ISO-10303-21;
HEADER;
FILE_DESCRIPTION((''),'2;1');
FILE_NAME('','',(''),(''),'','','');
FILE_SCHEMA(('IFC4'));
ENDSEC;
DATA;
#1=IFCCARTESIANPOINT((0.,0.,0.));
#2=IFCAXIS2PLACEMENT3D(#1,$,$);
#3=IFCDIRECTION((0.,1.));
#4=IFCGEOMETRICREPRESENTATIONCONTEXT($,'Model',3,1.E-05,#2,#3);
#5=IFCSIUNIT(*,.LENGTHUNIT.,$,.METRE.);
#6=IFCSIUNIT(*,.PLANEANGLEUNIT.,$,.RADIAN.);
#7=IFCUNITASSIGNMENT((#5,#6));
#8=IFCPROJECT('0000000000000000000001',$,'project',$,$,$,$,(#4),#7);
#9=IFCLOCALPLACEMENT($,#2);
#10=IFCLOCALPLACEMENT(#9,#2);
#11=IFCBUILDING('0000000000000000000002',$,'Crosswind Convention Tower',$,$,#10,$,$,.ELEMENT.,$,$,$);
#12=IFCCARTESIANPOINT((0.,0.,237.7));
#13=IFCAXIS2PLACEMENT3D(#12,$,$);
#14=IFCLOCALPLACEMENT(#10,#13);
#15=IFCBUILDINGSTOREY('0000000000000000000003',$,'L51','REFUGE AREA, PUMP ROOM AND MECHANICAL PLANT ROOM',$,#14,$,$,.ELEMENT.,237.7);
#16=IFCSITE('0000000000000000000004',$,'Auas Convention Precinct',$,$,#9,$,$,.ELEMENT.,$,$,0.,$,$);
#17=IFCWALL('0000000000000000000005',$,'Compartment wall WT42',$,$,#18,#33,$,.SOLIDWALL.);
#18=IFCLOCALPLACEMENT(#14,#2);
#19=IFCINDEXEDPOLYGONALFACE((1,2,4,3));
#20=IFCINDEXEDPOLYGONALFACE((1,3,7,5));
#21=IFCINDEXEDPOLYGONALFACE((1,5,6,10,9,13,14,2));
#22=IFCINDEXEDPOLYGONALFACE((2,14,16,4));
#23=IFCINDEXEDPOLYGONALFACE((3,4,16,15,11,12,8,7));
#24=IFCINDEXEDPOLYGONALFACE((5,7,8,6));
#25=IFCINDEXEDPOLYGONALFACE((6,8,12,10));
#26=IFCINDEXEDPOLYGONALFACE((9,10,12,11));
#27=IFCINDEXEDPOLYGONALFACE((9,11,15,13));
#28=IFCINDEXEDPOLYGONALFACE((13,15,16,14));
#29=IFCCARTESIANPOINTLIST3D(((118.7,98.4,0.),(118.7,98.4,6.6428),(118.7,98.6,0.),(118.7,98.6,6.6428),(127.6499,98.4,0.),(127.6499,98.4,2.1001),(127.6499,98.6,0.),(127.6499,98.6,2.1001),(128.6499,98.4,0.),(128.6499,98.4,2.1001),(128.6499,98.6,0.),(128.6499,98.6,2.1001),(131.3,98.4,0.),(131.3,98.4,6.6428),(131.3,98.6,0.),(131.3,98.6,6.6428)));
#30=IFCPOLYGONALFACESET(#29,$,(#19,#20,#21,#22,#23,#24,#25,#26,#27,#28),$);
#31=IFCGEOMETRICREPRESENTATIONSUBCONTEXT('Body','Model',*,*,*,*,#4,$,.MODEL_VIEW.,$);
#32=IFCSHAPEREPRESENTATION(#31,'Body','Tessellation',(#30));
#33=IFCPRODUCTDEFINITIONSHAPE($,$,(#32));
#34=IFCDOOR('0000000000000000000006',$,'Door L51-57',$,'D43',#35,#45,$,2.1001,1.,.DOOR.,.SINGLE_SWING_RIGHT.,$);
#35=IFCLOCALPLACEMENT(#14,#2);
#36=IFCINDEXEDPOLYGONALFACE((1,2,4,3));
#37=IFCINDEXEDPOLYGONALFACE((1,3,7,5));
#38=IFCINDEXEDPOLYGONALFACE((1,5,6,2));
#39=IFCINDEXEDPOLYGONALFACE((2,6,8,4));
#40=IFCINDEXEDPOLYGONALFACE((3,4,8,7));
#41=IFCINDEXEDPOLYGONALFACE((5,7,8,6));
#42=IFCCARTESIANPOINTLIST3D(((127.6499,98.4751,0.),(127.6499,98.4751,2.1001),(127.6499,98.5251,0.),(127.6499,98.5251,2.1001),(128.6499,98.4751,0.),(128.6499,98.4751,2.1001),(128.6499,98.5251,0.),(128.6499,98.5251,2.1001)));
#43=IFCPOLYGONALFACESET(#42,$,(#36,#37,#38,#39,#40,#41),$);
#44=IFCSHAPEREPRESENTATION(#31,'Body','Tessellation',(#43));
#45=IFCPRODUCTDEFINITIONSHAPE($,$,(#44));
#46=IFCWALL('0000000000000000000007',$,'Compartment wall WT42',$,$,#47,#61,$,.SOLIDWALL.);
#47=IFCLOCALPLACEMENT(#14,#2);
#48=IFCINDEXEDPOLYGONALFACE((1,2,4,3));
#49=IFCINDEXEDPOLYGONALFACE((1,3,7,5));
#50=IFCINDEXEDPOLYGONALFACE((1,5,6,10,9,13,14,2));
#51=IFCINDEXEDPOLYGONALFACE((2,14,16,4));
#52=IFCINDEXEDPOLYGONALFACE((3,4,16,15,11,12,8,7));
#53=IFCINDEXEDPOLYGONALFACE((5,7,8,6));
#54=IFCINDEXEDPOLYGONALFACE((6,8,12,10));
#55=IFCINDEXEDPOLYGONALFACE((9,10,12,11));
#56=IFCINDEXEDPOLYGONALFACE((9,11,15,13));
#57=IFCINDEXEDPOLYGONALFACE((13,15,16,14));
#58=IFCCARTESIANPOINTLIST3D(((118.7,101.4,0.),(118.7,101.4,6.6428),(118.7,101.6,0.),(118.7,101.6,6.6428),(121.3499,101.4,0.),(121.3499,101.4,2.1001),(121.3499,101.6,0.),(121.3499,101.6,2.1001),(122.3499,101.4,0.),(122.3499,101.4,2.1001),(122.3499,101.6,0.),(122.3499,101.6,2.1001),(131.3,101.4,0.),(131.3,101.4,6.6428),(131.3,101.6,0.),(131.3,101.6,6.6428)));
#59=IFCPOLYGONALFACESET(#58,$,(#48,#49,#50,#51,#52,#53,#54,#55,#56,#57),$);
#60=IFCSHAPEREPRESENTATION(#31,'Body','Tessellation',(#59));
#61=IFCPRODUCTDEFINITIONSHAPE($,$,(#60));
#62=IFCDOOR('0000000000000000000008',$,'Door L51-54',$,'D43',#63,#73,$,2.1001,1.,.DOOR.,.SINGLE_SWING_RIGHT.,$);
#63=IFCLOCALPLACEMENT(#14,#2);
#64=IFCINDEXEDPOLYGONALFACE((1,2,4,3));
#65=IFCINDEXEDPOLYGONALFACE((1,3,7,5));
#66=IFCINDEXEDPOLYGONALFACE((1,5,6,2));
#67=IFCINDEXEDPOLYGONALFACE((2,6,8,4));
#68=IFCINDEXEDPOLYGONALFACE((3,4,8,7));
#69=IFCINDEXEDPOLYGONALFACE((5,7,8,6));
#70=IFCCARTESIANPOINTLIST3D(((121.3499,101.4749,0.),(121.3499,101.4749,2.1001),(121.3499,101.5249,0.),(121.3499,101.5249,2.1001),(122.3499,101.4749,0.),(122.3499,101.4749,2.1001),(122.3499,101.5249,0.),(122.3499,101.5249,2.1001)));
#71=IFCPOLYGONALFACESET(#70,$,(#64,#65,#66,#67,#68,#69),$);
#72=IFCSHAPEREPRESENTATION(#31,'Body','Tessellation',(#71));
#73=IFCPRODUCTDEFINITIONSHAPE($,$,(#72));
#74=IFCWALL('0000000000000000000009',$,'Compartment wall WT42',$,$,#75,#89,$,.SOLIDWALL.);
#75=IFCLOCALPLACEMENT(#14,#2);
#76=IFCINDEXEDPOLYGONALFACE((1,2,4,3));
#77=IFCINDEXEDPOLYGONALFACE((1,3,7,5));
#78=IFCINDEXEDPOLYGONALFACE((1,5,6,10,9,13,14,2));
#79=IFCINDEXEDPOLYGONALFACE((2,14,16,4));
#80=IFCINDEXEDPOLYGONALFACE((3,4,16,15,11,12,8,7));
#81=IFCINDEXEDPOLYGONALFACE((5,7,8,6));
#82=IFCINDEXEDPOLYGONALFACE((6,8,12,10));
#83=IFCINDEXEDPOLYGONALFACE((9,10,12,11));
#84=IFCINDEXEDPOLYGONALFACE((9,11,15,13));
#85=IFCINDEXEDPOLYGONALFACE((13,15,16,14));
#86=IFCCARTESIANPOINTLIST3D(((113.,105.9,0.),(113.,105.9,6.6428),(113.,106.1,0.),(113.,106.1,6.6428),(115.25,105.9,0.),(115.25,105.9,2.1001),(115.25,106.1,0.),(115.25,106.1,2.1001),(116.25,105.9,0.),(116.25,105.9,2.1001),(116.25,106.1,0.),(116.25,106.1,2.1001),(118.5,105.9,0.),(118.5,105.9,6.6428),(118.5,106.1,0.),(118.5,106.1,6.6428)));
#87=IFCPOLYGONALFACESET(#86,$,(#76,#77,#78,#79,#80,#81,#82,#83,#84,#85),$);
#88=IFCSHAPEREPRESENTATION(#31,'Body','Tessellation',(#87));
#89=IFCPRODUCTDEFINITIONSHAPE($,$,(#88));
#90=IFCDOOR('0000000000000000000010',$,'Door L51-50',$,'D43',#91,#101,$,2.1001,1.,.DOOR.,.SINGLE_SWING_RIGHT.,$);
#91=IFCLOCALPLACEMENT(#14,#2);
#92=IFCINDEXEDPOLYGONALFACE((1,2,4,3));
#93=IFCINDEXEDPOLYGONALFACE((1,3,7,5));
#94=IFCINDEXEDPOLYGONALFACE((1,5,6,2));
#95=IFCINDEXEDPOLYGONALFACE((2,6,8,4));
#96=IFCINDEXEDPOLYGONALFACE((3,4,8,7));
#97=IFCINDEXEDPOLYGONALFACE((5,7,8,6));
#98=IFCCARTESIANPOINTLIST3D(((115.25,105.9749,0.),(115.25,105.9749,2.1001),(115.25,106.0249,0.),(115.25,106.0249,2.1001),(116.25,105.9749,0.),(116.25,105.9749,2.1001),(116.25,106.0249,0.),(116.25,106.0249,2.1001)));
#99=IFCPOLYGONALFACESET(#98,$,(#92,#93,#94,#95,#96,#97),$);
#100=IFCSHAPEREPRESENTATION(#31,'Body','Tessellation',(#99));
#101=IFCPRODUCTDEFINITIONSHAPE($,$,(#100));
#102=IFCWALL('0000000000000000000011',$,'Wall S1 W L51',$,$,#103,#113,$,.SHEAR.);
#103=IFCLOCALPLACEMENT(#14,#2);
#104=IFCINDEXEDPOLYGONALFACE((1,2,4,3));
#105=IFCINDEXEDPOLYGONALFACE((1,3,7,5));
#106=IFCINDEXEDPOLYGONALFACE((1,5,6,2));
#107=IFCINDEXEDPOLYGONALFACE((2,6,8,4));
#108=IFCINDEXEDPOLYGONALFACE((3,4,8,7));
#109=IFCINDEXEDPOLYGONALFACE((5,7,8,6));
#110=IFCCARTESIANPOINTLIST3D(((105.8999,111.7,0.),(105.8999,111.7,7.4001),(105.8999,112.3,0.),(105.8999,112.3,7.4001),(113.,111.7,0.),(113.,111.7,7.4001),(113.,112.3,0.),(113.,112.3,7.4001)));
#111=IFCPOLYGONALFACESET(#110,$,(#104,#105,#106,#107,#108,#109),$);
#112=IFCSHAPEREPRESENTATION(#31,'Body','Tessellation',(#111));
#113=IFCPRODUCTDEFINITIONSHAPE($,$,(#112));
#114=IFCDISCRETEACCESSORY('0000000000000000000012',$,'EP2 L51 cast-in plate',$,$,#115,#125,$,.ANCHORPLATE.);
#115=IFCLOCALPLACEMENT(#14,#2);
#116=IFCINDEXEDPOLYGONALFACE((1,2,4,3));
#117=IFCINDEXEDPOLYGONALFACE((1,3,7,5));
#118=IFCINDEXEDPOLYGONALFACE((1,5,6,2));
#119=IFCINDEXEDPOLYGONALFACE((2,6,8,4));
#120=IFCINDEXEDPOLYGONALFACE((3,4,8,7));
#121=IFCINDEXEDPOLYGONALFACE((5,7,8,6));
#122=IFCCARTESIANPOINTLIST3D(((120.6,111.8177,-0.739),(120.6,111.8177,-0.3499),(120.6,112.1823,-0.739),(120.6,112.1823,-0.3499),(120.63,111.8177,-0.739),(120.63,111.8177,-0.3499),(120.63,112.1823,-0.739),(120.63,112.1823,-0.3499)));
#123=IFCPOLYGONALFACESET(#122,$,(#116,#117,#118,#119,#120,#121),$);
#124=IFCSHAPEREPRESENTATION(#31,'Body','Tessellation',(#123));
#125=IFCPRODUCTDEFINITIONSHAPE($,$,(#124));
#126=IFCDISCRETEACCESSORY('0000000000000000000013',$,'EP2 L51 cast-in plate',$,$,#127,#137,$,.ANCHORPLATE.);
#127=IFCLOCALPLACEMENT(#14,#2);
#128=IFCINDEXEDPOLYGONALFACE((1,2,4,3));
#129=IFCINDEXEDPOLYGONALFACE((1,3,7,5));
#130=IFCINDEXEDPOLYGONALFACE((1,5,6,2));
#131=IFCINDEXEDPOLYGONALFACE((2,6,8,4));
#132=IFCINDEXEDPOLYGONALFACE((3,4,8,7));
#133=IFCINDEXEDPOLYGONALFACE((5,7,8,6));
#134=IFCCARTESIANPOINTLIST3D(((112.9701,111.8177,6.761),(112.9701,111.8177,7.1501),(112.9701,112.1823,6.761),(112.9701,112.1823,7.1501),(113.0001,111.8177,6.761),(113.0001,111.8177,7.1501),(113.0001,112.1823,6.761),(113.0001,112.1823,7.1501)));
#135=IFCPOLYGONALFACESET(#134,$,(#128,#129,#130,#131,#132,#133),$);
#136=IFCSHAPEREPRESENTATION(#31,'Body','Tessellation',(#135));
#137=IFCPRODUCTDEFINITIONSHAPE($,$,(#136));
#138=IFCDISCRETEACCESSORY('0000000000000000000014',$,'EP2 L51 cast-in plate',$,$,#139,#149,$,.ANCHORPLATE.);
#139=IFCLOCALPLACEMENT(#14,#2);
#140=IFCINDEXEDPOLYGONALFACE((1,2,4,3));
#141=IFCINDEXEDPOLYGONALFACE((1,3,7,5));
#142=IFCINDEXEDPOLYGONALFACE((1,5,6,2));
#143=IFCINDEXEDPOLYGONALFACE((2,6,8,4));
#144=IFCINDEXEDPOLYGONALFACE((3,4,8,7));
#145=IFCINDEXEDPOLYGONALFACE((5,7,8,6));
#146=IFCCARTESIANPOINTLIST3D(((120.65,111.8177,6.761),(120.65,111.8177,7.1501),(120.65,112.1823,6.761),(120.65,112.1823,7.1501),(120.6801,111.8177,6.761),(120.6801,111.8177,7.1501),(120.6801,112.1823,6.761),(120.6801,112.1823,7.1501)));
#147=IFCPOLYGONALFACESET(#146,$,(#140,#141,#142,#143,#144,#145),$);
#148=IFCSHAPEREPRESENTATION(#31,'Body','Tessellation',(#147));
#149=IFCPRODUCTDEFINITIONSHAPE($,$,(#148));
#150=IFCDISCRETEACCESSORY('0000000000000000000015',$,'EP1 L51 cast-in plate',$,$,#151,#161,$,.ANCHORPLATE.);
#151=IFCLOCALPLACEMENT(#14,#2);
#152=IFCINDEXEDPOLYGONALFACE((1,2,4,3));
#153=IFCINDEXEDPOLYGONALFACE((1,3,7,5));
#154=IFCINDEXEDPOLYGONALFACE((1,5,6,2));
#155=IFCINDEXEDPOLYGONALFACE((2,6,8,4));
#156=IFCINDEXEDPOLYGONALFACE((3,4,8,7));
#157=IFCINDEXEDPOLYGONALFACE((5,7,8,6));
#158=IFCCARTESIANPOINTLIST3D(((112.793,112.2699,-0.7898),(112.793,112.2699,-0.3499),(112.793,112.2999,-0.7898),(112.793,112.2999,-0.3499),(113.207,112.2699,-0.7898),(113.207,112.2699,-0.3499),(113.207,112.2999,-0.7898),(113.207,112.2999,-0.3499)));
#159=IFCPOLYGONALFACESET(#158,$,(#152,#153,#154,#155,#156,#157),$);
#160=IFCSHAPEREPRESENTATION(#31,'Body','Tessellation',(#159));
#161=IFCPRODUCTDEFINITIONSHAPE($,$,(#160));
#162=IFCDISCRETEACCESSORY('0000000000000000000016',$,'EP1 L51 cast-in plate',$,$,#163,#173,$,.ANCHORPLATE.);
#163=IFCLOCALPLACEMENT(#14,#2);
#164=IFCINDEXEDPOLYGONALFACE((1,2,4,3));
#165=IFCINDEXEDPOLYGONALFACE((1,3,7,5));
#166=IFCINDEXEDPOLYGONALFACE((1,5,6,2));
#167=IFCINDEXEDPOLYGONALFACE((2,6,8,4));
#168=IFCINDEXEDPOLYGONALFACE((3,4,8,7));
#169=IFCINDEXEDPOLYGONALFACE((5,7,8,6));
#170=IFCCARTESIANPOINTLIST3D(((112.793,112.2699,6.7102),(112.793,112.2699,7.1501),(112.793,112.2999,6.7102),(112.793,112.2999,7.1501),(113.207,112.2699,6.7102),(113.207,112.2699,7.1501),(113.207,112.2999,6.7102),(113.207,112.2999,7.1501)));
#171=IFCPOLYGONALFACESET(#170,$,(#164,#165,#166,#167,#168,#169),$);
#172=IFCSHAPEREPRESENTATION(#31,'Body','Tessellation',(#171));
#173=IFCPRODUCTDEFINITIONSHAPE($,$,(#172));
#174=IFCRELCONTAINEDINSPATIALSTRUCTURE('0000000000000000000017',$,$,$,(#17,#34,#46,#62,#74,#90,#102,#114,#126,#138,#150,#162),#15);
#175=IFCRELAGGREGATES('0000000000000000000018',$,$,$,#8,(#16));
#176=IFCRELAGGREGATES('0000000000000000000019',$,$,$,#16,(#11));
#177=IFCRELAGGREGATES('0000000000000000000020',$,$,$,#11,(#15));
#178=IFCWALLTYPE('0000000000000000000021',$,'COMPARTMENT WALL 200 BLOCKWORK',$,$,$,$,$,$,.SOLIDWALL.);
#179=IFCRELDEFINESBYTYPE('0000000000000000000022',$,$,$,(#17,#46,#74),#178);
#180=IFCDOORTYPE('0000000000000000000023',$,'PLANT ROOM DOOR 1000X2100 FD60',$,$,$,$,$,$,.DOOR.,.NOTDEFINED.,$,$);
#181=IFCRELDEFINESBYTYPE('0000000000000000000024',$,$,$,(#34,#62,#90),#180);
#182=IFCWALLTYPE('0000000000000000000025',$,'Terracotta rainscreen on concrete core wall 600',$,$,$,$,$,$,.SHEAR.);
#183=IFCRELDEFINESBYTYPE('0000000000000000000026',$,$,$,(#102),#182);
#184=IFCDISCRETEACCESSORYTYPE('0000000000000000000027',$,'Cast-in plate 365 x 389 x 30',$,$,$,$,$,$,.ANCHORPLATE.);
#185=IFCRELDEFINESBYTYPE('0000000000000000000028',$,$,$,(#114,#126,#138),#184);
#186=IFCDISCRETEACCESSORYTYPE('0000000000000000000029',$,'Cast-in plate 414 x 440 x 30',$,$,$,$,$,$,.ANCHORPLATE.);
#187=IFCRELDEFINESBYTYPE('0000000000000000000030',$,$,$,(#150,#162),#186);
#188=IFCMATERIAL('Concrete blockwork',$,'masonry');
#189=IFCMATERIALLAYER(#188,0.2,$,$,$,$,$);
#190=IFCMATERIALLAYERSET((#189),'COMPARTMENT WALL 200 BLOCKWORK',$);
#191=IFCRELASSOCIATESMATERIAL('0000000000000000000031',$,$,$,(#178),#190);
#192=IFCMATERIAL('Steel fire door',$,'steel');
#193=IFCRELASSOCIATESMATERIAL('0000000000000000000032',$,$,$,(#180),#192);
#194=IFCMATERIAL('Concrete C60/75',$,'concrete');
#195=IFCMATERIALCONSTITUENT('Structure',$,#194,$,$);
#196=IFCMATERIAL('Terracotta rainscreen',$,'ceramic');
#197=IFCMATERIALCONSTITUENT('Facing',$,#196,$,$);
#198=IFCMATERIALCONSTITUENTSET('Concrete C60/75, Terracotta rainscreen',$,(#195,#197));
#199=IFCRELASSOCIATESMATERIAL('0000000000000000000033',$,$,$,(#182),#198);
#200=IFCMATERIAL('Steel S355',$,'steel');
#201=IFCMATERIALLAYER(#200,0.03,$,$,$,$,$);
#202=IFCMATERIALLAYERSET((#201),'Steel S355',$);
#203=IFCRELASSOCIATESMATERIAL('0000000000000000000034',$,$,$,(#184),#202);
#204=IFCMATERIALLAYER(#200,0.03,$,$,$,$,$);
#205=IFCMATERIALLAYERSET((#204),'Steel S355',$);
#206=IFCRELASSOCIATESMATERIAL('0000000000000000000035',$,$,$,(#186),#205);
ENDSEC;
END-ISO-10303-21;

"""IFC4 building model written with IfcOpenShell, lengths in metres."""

from ifc_helpers import new_model, si_unit, direction, frame, frame_2d, origin, origin_2d, place, context, subcontext, project, spatial, rectangle, extrude, material, layer, layer_set, constituent, constituent_set, type_object, element, fill, save


model = new_model("IFC4")

# Units and contexts
model_context = context("Model", 3, precision=1e-05, world=origin(), true_north=direction((0.0, 1.0)))
body_context = subcontext(model_context, "Body", "Model", "MODEL_VIEW")
ifc_project = project(units=[si_unit("LENGTHUNIT", "METRE"), si_unit("PLANEANGLEUNIT", "RADIAN")], contexts=[model_context])

# Site, building, storey
site_placement = place(None, origin())
site = spatial("IfcSite", under=ifc_project, at=site_placement, Name="Auas Convention Precinct", CompositionType="ELEMENT", RefElevation=0.0)
building_placement = place(site_placement, origin())
building = spatial("IfcBuilding", under=site, at=building_placement, Name="Crosswind Convention Tower", CompositionType="ELEMENT")
storey_placement = place(building_placement, frame((0.0, 0.0, 237.7)))
storey = spatial("IfcBuildingStorey", under=building, at=storey_placement, Name="L51", Description="REFUGE AREA, PUMP ROOM AND MECHANICAL PLANT ROOM", CompositionType="ELEMENT", Elevation=237.7)

# Shared definitions
ifc_material_1 = material(Name="Concrete C60/75", Category="concrete")

# Shared definitions
ifc_material_2 = material(Name="Steel S355", Category="steel")

# Shared definitions
ifc_material_3 = material(Name="Concrete blockwork", Category="masonry")
ifc_layer_1 = layer(ifc_material_3, 0.2)
ifc_layer_set_1 = layer_set([ifc_layer_1], Name="COMPARTMENT WALL 200 BLOCKWORK")
wall_type_1 = type_object("IfcWallType", Name="COMPARTMENT WALL 200 BLOCKWORK", PredefinedType="SOLIDWALL", material=ifc_layer_set_1)

# Walls, openings, doors
wall_1_placement = place(storey_placement, frame((118.7, 98.5, 0.0), z_axis=(0.0, 0.0, 1.0), x_axis=(1.0, 0.0, 0.0)))
wall_1 = element("IfcWall", 1, at=wall_1_placement, inside=storey, type_object=wall_type_1, Name="Compartment wall WT42", PredefinedType="SOLIDWALL", context=body_context, shape_type="SweptSolid", body=[
    extrude(rectangle(XDim=12.6001, YDim=0.2, at=frame_2d((6.3, 0.0))), origin(), (0.0, 0.0, 1.0), 6.6428),
])
opening_1_placement = place(wall_1_placement, frame((8.95, 0.0, 0.0)))
opening_1 = element("IfcOpeningElement", 2, at=opening_1_placement, cuts=wall_1, PredefinedType="OPENING", context=body_context, shape_type="SweptSolid", body=[
    extrude(rectangle(XDim=1.0, YDim=2.1001, at=frame_2d((0.5, 1.05))), frame((0.0, 0.1099, 0.0), z_axis=(0.0, -1.0, 0.0), x_axis=(1.0, 0.0, 0.0)), (0.0, 0.0, 1.0), 0.22),
])
ifc_material_4 = material(Name="Steel fire door", Category="steel")
door_type = type_object("IfcDoorType", Name="PLANT ROOM DOOR 1000X2100 FD60", OperationType="NOTDEFINED", PredefinedType="DOOR", material=ifc_material_4)
door_1_placement = place(opening_1_placement, frame((1.0, 0.0, 0.0), z_axis=(0.0, 0.0, 1.0), x_axis=(-1.0, 0.0, 0.0)))
door_1 = element("IfcDoor", 3, at=door_1_placement, inside=storey, type_object=door_type, Name="Door L51-57", ObjectType="D43", OperationType="SINGLE_SWING_RIGHT", OverallHeight=2.1001, OverallWidth=1.0, PredefinedType="DOOR", context=body_context, shape_type="SweptSolid", body=[
    extrude(rectangle(XDim=1.0, YDim=2.1001, at=frame_2d((0.5, 1.05))), frame((0.0, 0.0249, 0.0), z_axis=(0.0, -1.0, 0.0), x_axis=(1.0, 0.0, 0.0)), (0.0, 0.0, 1.0), 0.05),
])
fill(opening_1, door_1)
wall_2_placement = place(storey_placement, frame((118.7, 101.5, 0.0), z_axis=(0.0, 0.0, 1.0), x_axis=(1.0, 0.0, 0.0)))
wall_2 = element("IfcWall", 4, at=wall_2_placement, inside=storey, type_object=wall_type_1, Name="Compartment wall WT42", PredefinedType="SOLIDWALL", context=body_context, shape_type="SweptSolid", body=[
    extrude(rectangle(XDim=12.6001, YDim=0.2, at=frame_2d((6.3, 0.0))), origin(), (0.0, 0.0, 1.0), 6.6428),
])
opening_2_placement = place(wall_2_placement, frame((2.6499, 0.0, 0.0)))
opening_2 = element("IfcOpeningElement", 5, at=opening_2_placement, cuts=wall_2, PredefinedType="OPENING", context=body_context, shape_type="SweptSolid", body=[
    extrude(rectangle(XDim=1.0, YDim=2.1001, at=frame_2d((0.5, 1.05))), frame((0.0, 0.1099, 0.0), z_axis=(0.0, -1.0, 0.0), x_axis=(1.0, 0.0, 0.0)), (0.0, 0.0, 1.0), 0.22),
])
door_2_placement = place(opening_2_placement, origin())
door_2 = element("IfcDoor", 6, at=door_2_placement, inside=storey, type_object=door_type, Name="Door L51-54", ObjectType="D43", OperationType="SINGLE_SWING_RIGHT", OverallHeight=2.1001, OverallWidth=1.0, PredefinedType="DOOR", context=body_context, shape_type="SweptSolid", body=[
    extrude(rectangle(XDim=1.0, YDim=2.1001, at=frame_2d((0.5, 1.05))), frame((0.0, 0.0249, 0.0), z_axis=(0.0, -1.0, 0.0), x_axis=(1.0, 0.0, 0.0)), (0.0, 0.0, 1.0), 0.05),
])
fill(opening_2, door_2)
wall_3_placement = place(storey_placement, frame((113.0, 106.0, 0.0), z_axis=(0.0, 0.0, 1.0), x_axis=(1.0, 0.0, 0.0)))
wall_3 = element("IfcWall", 7, at=wall_3_placement, inside=storey, type_object=wall_type_1, Name="Compartment wall WT42", PredefinedType="SOLIDWALL", context=body_context, shape_type="SweptSolid", body=[
    extrude(rectangle(XDim=5.5, YDim=0.2, at=frame_2d((2.75, 0.0))), origin(), (0.0, 0.0, 1.0), 6.6428),
])
opening_3_placement = place(wall_3_placement, frame((2.25, 0.0, 0.0)))
opening_3 = element("IfcOpeningElement", 8, at=opening_3_placement, cuts=wall_3, PredefinedType="OPENING", context=body_context, shape_type="SweptSolid", body=[
    extrude(rectangle(XDim=1.0, YDim=2.1001, at=frame_2d((0.5, 1.05))), frame((0.0, 0.1099, 0.0), z_axis=(0.0, -1.0, 0.0), x_axis=(1.0, 0.0, 0.0)), (0.0, 0.0, 1.0), 0.22),
])
door_3_placement = place(opening_3_placement, origin())
door_3 = element("IfcDoor", 9, at=door_3_placement, inside=storey, type_object=door_type, Name="Door L51-50", ObjectType="D43", OperationType="SINGLE_SWING_RIGHT", OverallHeight=2.1001, OverallWidth=1.0, PredefinedType="DOOR", context=body_context, shape_type="SweptSolid", body=[
    extrude(rectangle(XDim=1.0, YDim=2.1001, at=frame_2d((0.5, 1.05))), frame((0.0, 0.0249, 0.0), z_axis=(0.0, -1.0, 0.0), x_axis=(1.0, 0.0, 0.0)), (0.0, 0.0, 1.0), 0.05),
])
fill(opening_3, door_3)

# Wall
ifc_constituent_1 = constituent(ifc_material_1, Name="Structure")
ifc_material_5 = material(Name="Terracotta rainscreen", Category="ceramic")
ifc_constituent_2 = constituent(ifc_material_5, Name="Facing")
ifc_constituent_set = constituent_set(constituents=[ifc_constituent_1, ifc_constituent_2], Name="Concrete C60/75, Terracotta rainscreen")
wall_type_2 = type_object("IfcWallType", Name="Terracotta rainscreen on concrete core wall 600", PredefinedType="SHEAR", material=ifc_constituent_set)
wall_4_placement = place(storey_placement, frame((113.0, 112.0, 0.0), z_axis=(0.0, 0.0, 1.0), x_axis=(-1.0, 0.0, 0.0)))
element("IfcWall", 10, at=wall_4_placement, inside=storey, type_object=wall_type_2, Name="Wall S1 W L51", PredefinedType="SHEAR", context=body_context, shape_type="SweptSolid", body=[
    extrude(rectangle(XDim=7.1001, YDim=0.6001, at=frame_2d((3.55, 0.0))), origin(), (0.0, 0.0, 1.0), 7.4001),
])

# Discrete accessories
ifc_layer_2 = layer(ifc_material_2, 0.03)
ifc_layer_set_2 = layer_set([ifc_layer_2], Name="Steel S355")
discrete_accessory_type_1 = type_object("IfcDiscreteAccessoryType", Name="Cast-in plate 365 x 389 x 30", PredefinedType="ANCHORPLATE", material=ifc_layer_set_2)
for number, where, z_axis, x_axis, name in (
    (11, (120.615, 112.0, -0.739), (0.0, 0.0, 1.0), (1.0, 0.0, 0.0), "EP2 L51 cast-in plate"),
    (12, (112.9851, 112.0, 6.761), (0.0, 0.0, 1.0), (1.0, 0.0, 0.0), "EP2 L51 cast-in plate"),
    (13, (120.665, 112.0, 6.761), (0.0, 0.0, 1.0), (1.0, 0.0, 0.0), "EP2 L51 cast-in plate"),
):
    element("IfcDiscreteAccessory", number, at=place(storey_placement, frame(where, z_axis=z_axis, x_axis=x_axis)), inside=storey, type_object=discrete_accessory_type_1, Name=name, PredefinedType="ANCHORPLATE", context=body_context, shape_type="SweptSolid", body=[
        extrude(rectangle(XDim=0.03, YDim=0.3645, at=origin_2d()), origin(), (0.0, 0.0, 1.0), 0.3892),
    ])
ifc_layer_3 = layer(ifc_material_2, 0.03)
ifc_layer_set_3 = layer_set([ifc_layer_3], Name="Steel S355")
discrete_accessory_type_2 = type_object("IfcDiscreteAccessoryType", Name="Cast-in plate 414 x 440 x 30", PredefinedType="ANCHORPLATE", material=ifc_layer_set_3)
for number, where, z_axis, x_axis, name in (
    (14, (113.0, 112.2849, -0.7898), (0.0, 0.0, 1.0), (1.0, 0.0, 0.0), "EP1 L51 cast-in plate"),
    (15, (113.0, 112.2849, 6.7102), (0.0, 0.0, 1.0), (1.0, 0.0, 0.0), "EP1 L51 cast-in plate"),
):
    element("IfcDiscreteAccessory", number, at=place(storey_placement, frame(where, z_axis=z_axis, x_axis=x_axis)), inside=storey, type_object=discrete_accessory_type_2, Name=name, PredefinedType="ANCHORPLATE", context=body_context, shape_type="SweptSolid", body=[
        extrude(rectangle(XDim=0.4141, YDim=0.03, at=origin_2d()), origin(), (0.0, 0.0, 1.0), 0.4399),
    ])

save(model, "model.ifc")
